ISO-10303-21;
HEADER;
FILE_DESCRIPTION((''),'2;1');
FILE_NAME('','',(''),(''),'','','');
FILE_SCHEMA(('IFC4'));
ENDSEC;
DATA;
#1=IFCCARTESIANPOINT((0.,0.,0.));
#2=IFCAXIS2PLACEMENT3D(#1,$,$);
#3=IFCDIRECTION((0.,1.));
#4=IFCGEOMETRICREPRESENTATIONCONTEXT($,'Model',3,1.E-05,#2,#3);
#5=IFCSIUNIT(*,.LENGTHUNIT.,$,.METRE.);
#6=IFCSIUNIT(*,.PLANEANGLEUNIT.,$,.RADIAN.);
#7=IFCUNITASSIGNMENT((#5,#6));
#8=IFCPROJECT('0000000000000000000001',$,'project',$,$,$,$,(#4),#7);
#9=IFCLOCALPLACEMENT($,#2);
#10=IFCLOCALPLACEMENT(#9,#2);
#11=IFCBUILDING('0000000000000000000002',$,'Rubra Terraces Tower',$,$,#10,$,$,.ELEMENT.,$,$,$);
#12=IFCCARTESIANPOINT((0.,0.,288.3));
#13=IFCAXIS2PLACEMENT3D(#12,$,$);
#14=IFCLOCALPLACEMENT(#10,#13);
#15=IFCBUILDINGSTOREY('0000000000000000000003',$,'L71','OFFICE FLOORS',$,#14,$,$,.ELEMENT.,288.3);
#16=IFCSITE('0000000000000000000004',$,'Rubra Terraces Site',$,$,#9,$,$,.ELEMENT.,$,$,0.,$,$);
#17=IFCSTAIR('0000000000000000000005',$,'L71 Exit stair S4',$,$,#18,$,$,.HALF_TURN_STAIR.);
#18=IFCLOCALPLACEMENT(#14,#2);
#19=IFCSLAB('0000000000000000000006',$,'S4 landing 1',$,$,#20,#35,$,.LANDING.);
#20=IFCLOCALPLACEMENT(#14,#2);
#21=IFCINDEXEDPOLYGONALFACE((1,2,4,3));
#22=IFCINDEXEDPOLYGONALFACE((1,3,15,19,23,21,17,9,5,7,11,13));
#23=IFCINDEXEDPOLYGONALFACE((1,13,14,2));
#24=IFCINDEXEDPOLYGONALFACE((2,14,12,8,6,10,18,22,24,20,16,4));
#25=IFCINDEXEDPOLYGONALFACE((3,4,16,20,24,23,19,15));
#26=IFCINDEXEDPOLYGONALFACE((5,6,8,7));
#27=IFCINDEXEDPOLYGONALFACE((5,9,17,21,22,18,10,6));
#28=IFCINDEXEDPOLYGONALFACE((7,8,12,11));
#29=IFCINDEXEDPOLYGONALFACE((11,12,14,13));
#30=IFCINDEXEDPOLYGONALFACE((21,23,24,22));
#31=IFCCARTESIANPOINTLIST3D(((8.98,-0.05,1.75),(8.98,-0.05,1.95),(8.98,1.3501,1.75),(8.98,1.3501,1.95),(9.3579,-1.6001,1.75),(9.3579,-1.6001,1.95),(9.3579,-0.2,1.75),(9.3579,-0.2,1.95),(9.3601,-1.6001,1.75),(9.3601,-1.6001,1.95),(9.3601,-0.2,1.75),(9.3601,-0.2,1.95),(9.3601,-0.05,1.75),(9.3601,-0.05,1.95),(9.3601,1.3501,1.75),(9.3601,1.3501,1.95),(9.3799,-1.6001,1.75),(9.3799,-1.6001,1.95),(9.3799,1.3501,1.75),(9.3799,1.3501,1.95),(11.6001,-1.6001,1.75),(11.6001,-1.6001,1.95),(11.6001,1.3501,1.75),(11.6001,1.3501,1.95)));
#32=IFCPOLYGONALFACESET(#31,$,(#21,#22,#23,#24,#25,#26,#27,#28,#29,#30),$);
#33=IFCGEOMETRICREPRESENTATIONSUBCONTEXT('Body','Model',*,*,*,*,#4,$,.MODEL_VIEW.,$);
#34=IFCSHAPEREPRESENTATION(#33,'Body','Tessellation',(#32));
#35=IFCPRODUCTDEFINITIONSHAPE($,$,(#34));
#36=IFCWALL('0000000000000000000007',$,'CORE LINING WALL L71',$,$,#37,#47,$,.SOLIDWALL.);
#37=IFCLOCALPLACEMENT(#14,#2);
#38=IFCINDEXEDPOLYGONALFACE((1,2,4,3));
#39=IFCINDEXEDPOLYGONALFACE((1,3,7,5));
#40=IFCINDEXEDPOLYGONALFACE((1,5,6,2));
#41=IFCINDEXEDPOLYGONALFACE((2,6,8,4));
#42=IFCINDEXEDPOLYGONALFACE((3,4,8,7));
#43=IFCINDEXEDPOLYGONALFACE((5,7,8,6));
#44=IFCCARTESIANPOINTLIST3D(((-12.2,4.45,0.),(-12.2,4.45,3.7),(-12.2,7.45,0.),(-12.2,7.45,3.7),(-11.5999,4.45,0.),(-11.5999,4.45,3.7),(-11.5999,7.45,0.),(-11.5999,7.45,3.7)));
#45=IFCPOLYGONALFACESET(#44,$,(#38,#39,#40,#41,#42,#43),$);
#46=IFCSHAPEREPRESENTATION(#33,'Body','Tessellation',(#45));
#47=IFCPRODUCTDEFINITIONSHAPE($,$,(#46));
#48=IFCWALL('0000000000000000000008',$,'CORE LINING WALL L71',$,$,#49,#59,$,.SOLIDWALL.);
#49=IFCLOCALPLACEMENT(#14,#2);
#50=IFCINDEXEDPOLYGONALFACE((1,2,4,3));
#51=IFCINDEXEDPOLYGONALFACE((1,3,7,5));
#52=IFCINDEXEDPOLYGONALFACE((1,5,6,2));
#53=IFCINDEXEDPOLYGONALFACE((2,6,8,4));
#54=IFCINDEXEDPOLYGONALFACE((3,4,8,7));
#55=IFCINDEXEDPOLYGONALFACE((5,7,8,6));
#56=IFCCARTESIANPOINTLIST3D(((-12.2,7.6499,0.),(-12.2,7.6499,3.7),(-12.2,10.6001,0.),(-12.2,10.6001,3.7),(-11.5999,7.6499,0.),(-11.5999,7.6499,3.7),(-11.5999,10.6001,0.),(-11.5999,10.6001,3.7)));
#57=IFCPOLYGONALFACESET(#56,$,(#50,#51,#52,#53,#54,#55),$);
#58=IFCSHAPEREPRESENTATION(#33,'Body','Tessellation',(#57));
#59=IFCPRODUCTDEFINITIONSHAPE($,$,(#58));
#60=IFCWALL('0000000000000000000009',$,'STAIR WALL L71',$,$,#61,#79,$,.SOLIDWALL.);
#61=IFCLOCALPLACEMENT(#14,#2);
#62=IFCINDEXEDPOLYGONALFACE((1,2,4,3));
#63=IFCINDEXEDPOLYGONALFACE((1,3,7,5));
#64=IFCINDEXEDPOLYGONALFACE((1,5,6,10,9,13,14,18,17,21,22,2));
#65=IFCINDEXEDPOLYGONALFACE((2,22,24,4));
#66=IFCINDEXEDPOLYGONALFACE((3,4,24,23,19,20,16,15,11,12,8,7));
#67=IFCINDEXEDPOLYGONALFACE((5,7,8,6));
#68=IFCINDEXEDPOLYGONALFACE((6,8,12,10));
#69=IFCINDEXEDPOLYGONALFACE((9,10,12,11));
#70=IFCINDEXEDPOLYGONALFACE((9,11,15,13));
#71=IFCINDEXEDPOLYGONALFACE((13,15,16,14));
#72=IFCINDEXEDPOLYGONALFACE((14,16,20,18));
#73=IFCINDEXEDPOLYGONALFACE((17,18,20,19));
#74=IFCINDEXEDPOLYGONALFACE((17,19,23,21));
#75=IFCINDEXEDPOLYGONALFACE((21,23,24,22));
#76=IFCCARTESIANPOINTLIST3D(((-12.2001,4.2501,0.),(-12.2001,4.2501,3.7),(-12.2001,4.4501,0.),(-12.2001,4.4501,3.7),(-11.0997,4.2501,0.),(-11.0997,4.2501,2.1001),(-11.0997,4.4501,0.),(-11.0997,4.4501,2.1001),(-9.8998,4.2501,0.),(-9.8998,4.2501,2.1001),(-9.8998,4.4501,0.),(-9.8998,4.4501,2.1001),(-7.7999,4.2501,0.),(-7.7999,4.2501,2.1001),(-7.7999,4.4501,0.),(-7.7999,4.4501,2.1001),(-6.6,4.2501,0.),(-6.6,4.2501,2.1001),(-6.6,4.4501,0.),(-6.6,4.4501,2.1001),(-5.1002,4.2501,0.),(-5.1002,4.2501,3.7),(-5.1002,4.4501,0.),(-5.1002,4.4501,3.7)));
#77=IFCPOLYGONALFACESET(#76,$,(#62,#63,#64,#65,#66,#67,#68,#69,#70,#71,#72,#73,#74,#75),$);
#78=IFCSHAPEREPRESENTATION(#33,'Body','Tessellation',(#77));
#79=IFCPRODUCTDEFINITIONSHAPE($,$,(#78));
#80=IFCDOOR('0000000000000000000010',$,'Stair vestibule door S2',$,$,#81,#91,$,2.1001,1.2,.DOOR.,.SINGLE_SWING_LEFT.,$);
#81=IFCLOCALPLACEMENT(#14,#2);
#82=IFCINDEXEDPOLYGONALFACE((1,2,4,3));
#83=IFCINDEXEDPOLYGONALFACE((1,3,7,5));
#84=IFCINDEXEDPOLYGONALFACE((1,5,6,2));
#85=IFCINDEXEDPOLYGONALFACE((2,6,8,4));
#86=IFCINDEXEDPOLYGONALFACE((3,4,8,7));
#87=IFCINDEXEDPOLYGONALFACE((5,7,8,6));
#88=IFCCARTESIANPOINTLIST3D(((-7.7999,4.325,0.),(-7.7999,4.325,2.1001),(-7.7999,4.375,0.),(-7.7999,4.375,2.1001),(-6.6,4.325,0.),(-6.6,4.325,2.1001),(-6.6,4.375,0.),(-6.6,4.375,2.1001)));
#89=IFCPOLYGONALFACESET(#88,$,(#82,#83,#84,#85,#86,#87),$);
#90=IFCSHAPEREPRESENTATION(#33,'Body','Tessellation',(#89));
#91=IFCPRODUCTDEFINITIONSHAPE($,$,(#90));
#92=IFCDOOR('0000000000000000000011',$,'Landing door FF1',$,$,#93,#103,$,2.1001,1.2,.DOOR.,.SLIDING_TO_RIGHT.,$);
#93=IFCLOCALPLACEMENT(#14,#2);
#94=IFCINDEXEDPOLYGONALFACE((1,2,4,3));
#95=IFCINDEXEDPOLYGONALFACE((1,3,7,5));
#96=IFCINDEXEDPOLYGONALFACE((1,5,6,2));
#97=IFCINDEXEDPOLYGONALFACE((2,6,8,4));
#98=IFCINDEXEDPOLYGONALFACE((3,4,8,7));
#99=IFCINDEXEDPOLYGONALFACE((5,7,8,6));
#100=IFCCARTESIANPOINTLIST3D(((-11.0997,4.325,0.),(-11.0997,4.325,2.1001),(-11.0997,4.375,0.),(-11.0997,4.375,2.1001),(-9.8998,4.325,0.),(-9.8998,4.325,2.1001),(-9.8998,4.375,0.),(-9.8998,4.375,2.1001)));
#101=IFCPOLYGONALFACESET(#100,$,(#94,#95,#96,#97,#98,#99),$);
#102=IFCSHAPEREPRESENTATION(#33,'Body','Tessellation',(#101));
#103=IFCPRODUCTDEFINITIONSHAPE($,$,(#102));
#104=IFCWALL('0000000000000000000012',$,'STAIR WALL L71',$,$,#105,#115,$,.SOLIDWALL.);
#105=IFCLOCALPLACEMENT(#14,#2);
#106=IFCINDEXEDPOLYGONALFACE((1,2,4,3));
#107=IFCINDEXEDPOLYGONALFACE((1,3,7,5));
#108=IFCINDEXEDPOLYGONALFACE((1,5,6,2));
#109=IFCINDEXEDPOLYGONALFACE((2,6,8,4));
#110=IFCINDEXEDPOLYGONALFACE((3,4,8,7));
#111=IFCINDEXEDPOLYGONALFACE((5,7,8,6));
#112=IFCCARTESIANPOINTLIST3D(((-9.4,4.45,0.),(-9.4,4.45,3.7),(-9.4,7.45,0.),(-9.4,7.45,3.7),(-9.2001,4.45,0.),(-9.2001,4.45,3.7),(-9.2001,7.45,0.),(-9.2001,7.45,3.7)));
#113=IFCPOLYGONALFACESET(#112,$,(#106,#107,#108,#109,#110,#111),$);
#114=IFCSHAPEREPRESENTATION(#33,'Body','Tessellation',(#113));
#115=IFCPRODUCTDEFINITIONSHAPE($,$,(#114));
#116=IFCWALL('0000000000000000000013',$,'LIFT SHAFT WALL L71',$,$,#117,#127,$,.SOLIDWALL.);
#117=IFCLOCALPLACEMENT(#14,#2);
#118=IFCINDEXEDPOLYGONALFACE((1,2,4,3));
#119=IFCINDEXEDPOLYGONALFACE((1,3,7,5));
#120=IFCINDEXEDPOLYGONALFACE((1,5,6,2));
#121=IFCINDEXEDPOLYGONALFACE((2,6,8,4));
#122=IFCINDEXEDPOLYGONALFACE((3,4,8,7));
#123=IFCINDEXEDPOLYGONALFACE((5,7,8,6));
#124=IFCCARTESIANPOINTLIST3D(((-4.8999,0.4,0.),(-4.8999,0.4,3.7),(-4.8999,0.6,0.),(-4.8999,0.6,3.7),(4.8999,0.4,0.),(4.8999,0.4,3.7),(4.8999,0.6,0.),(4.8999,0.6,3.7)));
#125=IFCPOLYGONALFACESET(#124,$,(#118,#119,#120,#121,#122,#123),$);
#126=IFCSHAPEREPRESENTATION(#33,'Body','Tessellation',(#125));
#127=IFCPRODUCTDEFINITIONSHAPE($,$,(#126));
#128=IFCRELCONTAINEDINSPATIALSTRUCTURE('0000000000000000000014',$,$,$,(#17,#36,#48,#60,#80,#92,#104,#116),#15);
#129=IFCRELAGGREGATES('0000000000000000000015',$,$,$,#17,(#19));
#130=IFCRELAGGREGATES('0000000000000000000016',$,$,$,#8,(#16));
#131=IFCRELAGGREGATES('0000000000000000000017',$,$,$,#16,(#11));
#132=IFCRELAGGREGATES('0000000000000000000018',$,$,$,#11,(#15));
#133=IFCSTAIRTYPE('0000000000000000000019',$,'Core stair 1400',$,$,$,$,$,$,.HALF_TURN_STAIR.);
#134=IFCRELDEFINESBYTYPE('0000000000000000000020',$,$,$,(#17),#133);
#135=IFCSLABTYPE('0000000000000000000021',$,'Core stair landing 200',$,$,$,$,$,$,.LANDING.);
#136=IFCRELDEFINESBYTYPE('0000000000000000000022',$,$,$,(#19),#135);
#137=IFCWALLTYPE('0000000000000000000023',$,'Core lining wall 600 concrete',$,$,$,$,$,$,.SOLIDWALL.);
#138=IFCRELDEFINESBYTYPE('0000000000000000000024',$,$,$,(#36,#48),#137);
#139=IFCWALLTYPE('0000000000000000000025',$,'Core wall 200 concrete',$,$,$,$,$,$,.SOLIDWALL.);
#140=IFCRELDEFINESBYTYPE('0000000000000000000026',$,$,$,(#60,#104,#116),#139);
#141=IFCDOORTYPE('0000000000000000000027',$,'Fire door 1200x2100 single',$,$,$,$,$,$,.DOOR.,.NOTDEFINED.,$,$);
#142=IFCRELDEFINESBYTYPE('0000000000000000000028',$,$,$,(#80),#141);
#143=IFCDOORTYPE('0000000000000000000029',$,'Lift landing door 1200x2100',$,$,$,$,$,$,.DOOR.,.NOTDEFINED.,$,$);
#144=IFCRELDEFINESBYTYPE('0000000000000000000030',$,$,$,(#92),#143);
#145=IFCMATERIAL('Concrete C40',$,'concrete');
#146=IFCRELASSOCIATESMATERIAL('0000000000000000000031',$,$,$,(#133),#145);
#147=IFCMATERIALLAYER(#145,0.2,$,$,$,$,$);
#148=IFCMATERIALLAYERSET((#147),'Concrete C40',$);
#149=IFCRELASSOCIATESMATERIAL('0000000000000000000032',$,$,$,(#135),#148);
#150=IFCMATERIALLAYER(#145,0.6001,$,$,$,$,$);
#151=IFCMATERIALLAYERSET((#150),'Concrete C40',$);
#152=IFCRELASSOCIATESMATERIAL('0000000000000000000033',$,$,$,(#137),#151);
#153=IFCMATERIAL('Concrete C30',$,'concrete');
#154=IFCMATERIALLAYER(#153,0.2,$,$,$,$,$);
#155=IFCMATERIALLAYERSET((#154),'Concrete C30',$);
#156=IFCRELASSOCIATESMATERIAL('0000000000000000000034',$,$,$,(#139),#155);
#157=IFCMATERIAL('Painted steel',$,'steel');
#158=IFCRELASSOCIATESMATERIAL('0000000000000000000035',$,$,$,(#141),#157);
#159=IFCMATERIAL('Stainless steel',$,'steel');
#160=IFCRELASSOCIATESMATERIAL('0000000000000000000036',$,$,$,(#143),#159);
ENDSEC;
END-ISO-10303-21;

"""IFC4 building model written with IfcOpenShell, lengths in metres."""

from ifc_helpers import new_model, si_unit, direction, frame, frame_2d, origin, place, context, subcontext, project, spatial, polyline, rectangle, outline, extrude, material, layer, layer_set, type_object, element, fill, aggregate, save


model = new_model("IFC4")

# Units and contexts
model_context = context("Model", 3, precision=1e-05, world=origin(), true_north=direction((0.0, 1.0)))
body_context = subcontext(model_context, "Body", "Model", "MODEL_VIEW")
ifc_project = project(units=[si_unit("LENGTHUNIT", "METRE"), si_unit("PLANEANGLEUNIT", "RADIAN")], contexts=[model_context])

# Site, building, storey
site_placement = place(None, origin())
site = spatial("IfcSite", under=ifc_project, at=site_placement, Name="Rubra Terraces Site", CompositionType="ELEMENT", RefElevation=0.0)
building_placement = place(site_placement, origin())
building = spatial("IfcBuilding", under=site, at=building_placement, Name="Rubra Terraces Tower", CompositionType="ELEMENT")
storey_placement = place(building_placement, frame((0.0, 0.0, 288.3)))
storey = spatial("IfcBuildingStorey", under=building, at=storey_placement, Name="L71", Description="OFFICE FLOORS", CompositionType="ELEMENT", Elevation=288.3)

# Stair, slab
ifc_material_1 = material(Name="Concrete C40", Category="concrete")
stair_type = type_object("IfcStairType", Name="Core stair 1400", PredefinedType="HALF_TURN_STAIR", material=ifc_material_1)
stair_1_placement = place(storey_placement, origin())
stair_1 = element("IfcStair", 1, at=stair_1_placement, inside=storey, type_object=stair_type, Name="L71 Exit stair S4", PredefinedType="HALF_TURN_STAIR")
ifc_layer_1 = layer(ifc_material_1, 0.2)
ifc_layer_set_1 = layer_set([ifc_layer_1], Name="Concrete C40")
slab_type = type_object("IfcSlabType", Name="Core stair landing 200", PredefinedType="LANDING", material=ifc_layer_set_1)
slab_placement = place(storey_placement, frame((0.0, 0.0, 1.75)))
slab = element("IfcSlab", 2, at=slab_placement, type_object=slab_type, Name="S4 landing 1", PredefinedType="LANDING", context=body_context, shape_type="SweptSolid", body=[
    extrude(outline(polyline([(9.3601, -0.2), (9.3601, -0.05), (8.98, -0.05), (8.98, 1.3501), (9.3601, 1.3501), (9.3799, 1.3501), (11.6001, 1.3501), (11.6001, -1.6001), (9.3799, -1.6001), (9.3601, -1.6001), (9.3579, -1.6001), (9.3579, -0.2), (9.3601, -0.2)])), origin(), (0.0, 0.0, 1.0), 0.2),
])
aggregate(stair_1, [slab])

# Walls
ifc_layer_2 = layer(ifc_material_1, 0.6001)
ifc_layer_set_2 = layer_set([ifc_layer_2], Name="Concrete C40")
wall_type_1 = type_object("IfcWallType", Name="Core lining wall 600 concrete", PredefinedType="SOLIDWALL", material=ifc_layer_set_2)
wall_1_placement = place(storey_placement, frame((-11.8999, 4.45, 0.0), z_axis=(0.0, 0.0, 1.0), x_axis=(0.0, 1.0, 0.0)))
element("IfcWall", 3, at=wall_1_placement, inside=storey, type_object=wall_type_1, Name="CORE LINING WALL L71", PredefinedType="SOLIDWALL", context=body_context, shape_type="SweptSolid", body=[
    extrude(rectangle(XDim=3.0, YDim=0.6001, at=frame_2d((1.5, 0.0))), origin(), (0.0, 0.0, 1.0), 3.7),
])
wall_2_placement = place(storey_placement, frame((-11.8999, 7.6499, 0.0), z_axis=(0.0, 0.0, 1.0), x_axis=(0.0, 1.0, 0.0)))
element("IfcWall", 4, at=wall_2_placement, inside=storey, type_object=wall_type_1, Name="CORE LINING WALL L71", PredefinedType="SOLIDWALL", context=body_context, shape_type="SweptSolid", body=[
    extrude(rectangle(XDim=2.9502, YDim=0.6001, at=frame_2d((1.4751, 0.0))), origin(), (0.0, 0.0, 1.0), 3.7),
])

# Wall, openings, doors
ifc_material_2 = material(Name="Concrete C30", Category="concrete")
ifc_layer_3 = layer(ifc_material_2, 0.2)
ifc_layer_set_3 = layer_set([ifc_layer_3], Name="Concrete C30")
wall_type_2 = type_object("IfcWallType", Name="Core wall 200 concrete", PredefinedType="SOLIDWALL", material=ifc_layer_set_3)
wall_3_placement = place(storey_placement, frame((-12.2, 4.3501, 0.0), z_axis=(0.0, 0.0, 1.0), x_axis=(1.0, 0.0, 0.0)))
wall_3 = element("IfcWall", 5, at=wall_3_placement, inside=storey, type_object=wall_type_2, Name="STAIR WALL L71", PredefinedType="SOLIDWALL", context=body_context, shape_type="SweptSolid", body=[
    extrude(rectangle(XDim=7.0999, YDim=0.2, at=frame_2d((3.5498, 0.0))), origin(), (0.0, 0.0, 1.0), 3.7),
])
opening_1_placement = place(wall_3_placement, frame((4.3999, 0.0, 0.0)))
opening_1 = element("IfcOpeningElement", 6, at=opening_1_placement, cuts=wall_3, PredefinedType="OPENING", context=body_context, shape_type="SweptSolid", body=[
    extrude(rectangle(XDim=1.2, YDim=2.1001, at=frame_2d((0.6001, 1.05))), frame((0.0, 0.1099, 0.0), z_axis=(0.0, -1.0, 0.0), x_axis=(1.0, 0.0, 0.0)), (0.0, 0.0, 1.0), 0.22),
])
opening_2_placement = place(wall_3_placement, frame((1.1001, 0.0, 0.0)))
opening_2 = element("IfcOpeningElement", 7, at=opening_2_placement, cuts=wall_3, PredefinedType="OPENING", context=body_context, shape_type="SweptSolid", body=[
    extrude(rectangle(XDim=1.2, YDim=2.1001, at=frame_2d((0.6001, 1.05))), frame((0.0, 0.1099, 0.0), z_axis=(0.0, -1.0, 0.0), x_axis=(1.0, 0.0, 0.0)), (0.0, 0.0, 1.0), 0.22),
])
ifc_material_3 = material(Name="Painted steel", Category="steel")
door_type_1 = type_object("IfcDoorType", Name="Fire door 1200x2100 single", OperationType="NOTDEFINED", PredefinedType="DOOR", material=ifc_material_3)
door_1_placement = place(opening_1_placement, origin())
door_1 = element("IfcDoor", 8, at=door_1_placement, inside=storey, type_object=door_type_1, Name="Stair vestibule door S2", OperationType="SINGLE_SWING_LEFT", OverallHeight=2.1001, OverallWidth=1.2, PredefinedType="DOOR", context=body_context, shape_type="SweptSolid", body=[
    extrude(rectangle(XDim=1.2, YDim=2.1001, at=frame_2d((0.6001, 1.05))), frame((0.0, 0.0249, 0.0), z_axis=(0.0, -1.0, 0.0), x_axis=(1.0, 0.0, 0.0)), (0.0, 0.0, 1.0), 0.05),
])
fill(opening_1, door_1)
ifc_material_4 = material(Name="Stainless steel", Category="steel")
door_type_2 = type_object("IfcDoorType", Name="Lift landing door 1200x2100", OperationType="NOTDEFINED", PredefinedType="DOOR", material=ifc_material_4)
door_2_placement = place(opening_2_placement, origin())
door_2 = element("IfcDoor", 9, at=door_2_placement, inside=storey, type_object=door_type_2, Name="Landing door FF1", OperationType="SLIDING_TO_RIGHT", OverallHeight=2.1001, OverallWidth=1.2, PredefinedType="DOOR", context=body_context, shape_type="SweptSolid", body=[
    extrude(rectangle(XDim=1.2, YDim=2.1001, at=frame_2d((0.6001, 1.05))), frame((0.0, 0.0249, 0.0), z_axis=(0.0, -1.0, 0.0), x_axis=(1.0, 0.0, 0.0)), (0.0, 0.0, 1.0), 0.05),
])
fill(opening_2, door_2)

# Walls
wall_4_placement = place(storey_placement, frame((-9.3, 4.45, 0.0), z_axis=(0.0, 0.0, 1.0), x_axis=(0.0, 1.0, 0.0)))
element("IfcWall", 10, at=wall_4_placement, inside=storey, type_object=wall_type_2, Name="STAIR WALL L71", PredefinedType="SOLIDWALL", context=body_context, shape_type="SweptSolid", body=[
    extrude(rectangle(XDim=3.0, YDim=0.2, at=frame_2d((1.5, 0.0))), origin(), (0.0, 0.0, 1.0), 3.7),
])
wall_5_placement = place(storey_placement, frame((-4.8999, 0.5, 0.0), z_axis=(0.0, 0.0, 1.0), x_axis=(1.0, 0.0, 0.0)))
element("IfcWall", 11, at=wall_5_placement, inside=storey, type_object=wall_type_2, Name="LIFT SHAFT WALL L71", PredefinedType="SOLIDWALL", context=body_context, shape_type="SweptSolid", body=[
    extrude(rectangle(XDim=9.7998, YDim=0.2, at=frame_2d((4.8999, 0.0))), origin(), (0.0, 0.0, 1.0), 3.7),
])

save(model, "model.ifc")
